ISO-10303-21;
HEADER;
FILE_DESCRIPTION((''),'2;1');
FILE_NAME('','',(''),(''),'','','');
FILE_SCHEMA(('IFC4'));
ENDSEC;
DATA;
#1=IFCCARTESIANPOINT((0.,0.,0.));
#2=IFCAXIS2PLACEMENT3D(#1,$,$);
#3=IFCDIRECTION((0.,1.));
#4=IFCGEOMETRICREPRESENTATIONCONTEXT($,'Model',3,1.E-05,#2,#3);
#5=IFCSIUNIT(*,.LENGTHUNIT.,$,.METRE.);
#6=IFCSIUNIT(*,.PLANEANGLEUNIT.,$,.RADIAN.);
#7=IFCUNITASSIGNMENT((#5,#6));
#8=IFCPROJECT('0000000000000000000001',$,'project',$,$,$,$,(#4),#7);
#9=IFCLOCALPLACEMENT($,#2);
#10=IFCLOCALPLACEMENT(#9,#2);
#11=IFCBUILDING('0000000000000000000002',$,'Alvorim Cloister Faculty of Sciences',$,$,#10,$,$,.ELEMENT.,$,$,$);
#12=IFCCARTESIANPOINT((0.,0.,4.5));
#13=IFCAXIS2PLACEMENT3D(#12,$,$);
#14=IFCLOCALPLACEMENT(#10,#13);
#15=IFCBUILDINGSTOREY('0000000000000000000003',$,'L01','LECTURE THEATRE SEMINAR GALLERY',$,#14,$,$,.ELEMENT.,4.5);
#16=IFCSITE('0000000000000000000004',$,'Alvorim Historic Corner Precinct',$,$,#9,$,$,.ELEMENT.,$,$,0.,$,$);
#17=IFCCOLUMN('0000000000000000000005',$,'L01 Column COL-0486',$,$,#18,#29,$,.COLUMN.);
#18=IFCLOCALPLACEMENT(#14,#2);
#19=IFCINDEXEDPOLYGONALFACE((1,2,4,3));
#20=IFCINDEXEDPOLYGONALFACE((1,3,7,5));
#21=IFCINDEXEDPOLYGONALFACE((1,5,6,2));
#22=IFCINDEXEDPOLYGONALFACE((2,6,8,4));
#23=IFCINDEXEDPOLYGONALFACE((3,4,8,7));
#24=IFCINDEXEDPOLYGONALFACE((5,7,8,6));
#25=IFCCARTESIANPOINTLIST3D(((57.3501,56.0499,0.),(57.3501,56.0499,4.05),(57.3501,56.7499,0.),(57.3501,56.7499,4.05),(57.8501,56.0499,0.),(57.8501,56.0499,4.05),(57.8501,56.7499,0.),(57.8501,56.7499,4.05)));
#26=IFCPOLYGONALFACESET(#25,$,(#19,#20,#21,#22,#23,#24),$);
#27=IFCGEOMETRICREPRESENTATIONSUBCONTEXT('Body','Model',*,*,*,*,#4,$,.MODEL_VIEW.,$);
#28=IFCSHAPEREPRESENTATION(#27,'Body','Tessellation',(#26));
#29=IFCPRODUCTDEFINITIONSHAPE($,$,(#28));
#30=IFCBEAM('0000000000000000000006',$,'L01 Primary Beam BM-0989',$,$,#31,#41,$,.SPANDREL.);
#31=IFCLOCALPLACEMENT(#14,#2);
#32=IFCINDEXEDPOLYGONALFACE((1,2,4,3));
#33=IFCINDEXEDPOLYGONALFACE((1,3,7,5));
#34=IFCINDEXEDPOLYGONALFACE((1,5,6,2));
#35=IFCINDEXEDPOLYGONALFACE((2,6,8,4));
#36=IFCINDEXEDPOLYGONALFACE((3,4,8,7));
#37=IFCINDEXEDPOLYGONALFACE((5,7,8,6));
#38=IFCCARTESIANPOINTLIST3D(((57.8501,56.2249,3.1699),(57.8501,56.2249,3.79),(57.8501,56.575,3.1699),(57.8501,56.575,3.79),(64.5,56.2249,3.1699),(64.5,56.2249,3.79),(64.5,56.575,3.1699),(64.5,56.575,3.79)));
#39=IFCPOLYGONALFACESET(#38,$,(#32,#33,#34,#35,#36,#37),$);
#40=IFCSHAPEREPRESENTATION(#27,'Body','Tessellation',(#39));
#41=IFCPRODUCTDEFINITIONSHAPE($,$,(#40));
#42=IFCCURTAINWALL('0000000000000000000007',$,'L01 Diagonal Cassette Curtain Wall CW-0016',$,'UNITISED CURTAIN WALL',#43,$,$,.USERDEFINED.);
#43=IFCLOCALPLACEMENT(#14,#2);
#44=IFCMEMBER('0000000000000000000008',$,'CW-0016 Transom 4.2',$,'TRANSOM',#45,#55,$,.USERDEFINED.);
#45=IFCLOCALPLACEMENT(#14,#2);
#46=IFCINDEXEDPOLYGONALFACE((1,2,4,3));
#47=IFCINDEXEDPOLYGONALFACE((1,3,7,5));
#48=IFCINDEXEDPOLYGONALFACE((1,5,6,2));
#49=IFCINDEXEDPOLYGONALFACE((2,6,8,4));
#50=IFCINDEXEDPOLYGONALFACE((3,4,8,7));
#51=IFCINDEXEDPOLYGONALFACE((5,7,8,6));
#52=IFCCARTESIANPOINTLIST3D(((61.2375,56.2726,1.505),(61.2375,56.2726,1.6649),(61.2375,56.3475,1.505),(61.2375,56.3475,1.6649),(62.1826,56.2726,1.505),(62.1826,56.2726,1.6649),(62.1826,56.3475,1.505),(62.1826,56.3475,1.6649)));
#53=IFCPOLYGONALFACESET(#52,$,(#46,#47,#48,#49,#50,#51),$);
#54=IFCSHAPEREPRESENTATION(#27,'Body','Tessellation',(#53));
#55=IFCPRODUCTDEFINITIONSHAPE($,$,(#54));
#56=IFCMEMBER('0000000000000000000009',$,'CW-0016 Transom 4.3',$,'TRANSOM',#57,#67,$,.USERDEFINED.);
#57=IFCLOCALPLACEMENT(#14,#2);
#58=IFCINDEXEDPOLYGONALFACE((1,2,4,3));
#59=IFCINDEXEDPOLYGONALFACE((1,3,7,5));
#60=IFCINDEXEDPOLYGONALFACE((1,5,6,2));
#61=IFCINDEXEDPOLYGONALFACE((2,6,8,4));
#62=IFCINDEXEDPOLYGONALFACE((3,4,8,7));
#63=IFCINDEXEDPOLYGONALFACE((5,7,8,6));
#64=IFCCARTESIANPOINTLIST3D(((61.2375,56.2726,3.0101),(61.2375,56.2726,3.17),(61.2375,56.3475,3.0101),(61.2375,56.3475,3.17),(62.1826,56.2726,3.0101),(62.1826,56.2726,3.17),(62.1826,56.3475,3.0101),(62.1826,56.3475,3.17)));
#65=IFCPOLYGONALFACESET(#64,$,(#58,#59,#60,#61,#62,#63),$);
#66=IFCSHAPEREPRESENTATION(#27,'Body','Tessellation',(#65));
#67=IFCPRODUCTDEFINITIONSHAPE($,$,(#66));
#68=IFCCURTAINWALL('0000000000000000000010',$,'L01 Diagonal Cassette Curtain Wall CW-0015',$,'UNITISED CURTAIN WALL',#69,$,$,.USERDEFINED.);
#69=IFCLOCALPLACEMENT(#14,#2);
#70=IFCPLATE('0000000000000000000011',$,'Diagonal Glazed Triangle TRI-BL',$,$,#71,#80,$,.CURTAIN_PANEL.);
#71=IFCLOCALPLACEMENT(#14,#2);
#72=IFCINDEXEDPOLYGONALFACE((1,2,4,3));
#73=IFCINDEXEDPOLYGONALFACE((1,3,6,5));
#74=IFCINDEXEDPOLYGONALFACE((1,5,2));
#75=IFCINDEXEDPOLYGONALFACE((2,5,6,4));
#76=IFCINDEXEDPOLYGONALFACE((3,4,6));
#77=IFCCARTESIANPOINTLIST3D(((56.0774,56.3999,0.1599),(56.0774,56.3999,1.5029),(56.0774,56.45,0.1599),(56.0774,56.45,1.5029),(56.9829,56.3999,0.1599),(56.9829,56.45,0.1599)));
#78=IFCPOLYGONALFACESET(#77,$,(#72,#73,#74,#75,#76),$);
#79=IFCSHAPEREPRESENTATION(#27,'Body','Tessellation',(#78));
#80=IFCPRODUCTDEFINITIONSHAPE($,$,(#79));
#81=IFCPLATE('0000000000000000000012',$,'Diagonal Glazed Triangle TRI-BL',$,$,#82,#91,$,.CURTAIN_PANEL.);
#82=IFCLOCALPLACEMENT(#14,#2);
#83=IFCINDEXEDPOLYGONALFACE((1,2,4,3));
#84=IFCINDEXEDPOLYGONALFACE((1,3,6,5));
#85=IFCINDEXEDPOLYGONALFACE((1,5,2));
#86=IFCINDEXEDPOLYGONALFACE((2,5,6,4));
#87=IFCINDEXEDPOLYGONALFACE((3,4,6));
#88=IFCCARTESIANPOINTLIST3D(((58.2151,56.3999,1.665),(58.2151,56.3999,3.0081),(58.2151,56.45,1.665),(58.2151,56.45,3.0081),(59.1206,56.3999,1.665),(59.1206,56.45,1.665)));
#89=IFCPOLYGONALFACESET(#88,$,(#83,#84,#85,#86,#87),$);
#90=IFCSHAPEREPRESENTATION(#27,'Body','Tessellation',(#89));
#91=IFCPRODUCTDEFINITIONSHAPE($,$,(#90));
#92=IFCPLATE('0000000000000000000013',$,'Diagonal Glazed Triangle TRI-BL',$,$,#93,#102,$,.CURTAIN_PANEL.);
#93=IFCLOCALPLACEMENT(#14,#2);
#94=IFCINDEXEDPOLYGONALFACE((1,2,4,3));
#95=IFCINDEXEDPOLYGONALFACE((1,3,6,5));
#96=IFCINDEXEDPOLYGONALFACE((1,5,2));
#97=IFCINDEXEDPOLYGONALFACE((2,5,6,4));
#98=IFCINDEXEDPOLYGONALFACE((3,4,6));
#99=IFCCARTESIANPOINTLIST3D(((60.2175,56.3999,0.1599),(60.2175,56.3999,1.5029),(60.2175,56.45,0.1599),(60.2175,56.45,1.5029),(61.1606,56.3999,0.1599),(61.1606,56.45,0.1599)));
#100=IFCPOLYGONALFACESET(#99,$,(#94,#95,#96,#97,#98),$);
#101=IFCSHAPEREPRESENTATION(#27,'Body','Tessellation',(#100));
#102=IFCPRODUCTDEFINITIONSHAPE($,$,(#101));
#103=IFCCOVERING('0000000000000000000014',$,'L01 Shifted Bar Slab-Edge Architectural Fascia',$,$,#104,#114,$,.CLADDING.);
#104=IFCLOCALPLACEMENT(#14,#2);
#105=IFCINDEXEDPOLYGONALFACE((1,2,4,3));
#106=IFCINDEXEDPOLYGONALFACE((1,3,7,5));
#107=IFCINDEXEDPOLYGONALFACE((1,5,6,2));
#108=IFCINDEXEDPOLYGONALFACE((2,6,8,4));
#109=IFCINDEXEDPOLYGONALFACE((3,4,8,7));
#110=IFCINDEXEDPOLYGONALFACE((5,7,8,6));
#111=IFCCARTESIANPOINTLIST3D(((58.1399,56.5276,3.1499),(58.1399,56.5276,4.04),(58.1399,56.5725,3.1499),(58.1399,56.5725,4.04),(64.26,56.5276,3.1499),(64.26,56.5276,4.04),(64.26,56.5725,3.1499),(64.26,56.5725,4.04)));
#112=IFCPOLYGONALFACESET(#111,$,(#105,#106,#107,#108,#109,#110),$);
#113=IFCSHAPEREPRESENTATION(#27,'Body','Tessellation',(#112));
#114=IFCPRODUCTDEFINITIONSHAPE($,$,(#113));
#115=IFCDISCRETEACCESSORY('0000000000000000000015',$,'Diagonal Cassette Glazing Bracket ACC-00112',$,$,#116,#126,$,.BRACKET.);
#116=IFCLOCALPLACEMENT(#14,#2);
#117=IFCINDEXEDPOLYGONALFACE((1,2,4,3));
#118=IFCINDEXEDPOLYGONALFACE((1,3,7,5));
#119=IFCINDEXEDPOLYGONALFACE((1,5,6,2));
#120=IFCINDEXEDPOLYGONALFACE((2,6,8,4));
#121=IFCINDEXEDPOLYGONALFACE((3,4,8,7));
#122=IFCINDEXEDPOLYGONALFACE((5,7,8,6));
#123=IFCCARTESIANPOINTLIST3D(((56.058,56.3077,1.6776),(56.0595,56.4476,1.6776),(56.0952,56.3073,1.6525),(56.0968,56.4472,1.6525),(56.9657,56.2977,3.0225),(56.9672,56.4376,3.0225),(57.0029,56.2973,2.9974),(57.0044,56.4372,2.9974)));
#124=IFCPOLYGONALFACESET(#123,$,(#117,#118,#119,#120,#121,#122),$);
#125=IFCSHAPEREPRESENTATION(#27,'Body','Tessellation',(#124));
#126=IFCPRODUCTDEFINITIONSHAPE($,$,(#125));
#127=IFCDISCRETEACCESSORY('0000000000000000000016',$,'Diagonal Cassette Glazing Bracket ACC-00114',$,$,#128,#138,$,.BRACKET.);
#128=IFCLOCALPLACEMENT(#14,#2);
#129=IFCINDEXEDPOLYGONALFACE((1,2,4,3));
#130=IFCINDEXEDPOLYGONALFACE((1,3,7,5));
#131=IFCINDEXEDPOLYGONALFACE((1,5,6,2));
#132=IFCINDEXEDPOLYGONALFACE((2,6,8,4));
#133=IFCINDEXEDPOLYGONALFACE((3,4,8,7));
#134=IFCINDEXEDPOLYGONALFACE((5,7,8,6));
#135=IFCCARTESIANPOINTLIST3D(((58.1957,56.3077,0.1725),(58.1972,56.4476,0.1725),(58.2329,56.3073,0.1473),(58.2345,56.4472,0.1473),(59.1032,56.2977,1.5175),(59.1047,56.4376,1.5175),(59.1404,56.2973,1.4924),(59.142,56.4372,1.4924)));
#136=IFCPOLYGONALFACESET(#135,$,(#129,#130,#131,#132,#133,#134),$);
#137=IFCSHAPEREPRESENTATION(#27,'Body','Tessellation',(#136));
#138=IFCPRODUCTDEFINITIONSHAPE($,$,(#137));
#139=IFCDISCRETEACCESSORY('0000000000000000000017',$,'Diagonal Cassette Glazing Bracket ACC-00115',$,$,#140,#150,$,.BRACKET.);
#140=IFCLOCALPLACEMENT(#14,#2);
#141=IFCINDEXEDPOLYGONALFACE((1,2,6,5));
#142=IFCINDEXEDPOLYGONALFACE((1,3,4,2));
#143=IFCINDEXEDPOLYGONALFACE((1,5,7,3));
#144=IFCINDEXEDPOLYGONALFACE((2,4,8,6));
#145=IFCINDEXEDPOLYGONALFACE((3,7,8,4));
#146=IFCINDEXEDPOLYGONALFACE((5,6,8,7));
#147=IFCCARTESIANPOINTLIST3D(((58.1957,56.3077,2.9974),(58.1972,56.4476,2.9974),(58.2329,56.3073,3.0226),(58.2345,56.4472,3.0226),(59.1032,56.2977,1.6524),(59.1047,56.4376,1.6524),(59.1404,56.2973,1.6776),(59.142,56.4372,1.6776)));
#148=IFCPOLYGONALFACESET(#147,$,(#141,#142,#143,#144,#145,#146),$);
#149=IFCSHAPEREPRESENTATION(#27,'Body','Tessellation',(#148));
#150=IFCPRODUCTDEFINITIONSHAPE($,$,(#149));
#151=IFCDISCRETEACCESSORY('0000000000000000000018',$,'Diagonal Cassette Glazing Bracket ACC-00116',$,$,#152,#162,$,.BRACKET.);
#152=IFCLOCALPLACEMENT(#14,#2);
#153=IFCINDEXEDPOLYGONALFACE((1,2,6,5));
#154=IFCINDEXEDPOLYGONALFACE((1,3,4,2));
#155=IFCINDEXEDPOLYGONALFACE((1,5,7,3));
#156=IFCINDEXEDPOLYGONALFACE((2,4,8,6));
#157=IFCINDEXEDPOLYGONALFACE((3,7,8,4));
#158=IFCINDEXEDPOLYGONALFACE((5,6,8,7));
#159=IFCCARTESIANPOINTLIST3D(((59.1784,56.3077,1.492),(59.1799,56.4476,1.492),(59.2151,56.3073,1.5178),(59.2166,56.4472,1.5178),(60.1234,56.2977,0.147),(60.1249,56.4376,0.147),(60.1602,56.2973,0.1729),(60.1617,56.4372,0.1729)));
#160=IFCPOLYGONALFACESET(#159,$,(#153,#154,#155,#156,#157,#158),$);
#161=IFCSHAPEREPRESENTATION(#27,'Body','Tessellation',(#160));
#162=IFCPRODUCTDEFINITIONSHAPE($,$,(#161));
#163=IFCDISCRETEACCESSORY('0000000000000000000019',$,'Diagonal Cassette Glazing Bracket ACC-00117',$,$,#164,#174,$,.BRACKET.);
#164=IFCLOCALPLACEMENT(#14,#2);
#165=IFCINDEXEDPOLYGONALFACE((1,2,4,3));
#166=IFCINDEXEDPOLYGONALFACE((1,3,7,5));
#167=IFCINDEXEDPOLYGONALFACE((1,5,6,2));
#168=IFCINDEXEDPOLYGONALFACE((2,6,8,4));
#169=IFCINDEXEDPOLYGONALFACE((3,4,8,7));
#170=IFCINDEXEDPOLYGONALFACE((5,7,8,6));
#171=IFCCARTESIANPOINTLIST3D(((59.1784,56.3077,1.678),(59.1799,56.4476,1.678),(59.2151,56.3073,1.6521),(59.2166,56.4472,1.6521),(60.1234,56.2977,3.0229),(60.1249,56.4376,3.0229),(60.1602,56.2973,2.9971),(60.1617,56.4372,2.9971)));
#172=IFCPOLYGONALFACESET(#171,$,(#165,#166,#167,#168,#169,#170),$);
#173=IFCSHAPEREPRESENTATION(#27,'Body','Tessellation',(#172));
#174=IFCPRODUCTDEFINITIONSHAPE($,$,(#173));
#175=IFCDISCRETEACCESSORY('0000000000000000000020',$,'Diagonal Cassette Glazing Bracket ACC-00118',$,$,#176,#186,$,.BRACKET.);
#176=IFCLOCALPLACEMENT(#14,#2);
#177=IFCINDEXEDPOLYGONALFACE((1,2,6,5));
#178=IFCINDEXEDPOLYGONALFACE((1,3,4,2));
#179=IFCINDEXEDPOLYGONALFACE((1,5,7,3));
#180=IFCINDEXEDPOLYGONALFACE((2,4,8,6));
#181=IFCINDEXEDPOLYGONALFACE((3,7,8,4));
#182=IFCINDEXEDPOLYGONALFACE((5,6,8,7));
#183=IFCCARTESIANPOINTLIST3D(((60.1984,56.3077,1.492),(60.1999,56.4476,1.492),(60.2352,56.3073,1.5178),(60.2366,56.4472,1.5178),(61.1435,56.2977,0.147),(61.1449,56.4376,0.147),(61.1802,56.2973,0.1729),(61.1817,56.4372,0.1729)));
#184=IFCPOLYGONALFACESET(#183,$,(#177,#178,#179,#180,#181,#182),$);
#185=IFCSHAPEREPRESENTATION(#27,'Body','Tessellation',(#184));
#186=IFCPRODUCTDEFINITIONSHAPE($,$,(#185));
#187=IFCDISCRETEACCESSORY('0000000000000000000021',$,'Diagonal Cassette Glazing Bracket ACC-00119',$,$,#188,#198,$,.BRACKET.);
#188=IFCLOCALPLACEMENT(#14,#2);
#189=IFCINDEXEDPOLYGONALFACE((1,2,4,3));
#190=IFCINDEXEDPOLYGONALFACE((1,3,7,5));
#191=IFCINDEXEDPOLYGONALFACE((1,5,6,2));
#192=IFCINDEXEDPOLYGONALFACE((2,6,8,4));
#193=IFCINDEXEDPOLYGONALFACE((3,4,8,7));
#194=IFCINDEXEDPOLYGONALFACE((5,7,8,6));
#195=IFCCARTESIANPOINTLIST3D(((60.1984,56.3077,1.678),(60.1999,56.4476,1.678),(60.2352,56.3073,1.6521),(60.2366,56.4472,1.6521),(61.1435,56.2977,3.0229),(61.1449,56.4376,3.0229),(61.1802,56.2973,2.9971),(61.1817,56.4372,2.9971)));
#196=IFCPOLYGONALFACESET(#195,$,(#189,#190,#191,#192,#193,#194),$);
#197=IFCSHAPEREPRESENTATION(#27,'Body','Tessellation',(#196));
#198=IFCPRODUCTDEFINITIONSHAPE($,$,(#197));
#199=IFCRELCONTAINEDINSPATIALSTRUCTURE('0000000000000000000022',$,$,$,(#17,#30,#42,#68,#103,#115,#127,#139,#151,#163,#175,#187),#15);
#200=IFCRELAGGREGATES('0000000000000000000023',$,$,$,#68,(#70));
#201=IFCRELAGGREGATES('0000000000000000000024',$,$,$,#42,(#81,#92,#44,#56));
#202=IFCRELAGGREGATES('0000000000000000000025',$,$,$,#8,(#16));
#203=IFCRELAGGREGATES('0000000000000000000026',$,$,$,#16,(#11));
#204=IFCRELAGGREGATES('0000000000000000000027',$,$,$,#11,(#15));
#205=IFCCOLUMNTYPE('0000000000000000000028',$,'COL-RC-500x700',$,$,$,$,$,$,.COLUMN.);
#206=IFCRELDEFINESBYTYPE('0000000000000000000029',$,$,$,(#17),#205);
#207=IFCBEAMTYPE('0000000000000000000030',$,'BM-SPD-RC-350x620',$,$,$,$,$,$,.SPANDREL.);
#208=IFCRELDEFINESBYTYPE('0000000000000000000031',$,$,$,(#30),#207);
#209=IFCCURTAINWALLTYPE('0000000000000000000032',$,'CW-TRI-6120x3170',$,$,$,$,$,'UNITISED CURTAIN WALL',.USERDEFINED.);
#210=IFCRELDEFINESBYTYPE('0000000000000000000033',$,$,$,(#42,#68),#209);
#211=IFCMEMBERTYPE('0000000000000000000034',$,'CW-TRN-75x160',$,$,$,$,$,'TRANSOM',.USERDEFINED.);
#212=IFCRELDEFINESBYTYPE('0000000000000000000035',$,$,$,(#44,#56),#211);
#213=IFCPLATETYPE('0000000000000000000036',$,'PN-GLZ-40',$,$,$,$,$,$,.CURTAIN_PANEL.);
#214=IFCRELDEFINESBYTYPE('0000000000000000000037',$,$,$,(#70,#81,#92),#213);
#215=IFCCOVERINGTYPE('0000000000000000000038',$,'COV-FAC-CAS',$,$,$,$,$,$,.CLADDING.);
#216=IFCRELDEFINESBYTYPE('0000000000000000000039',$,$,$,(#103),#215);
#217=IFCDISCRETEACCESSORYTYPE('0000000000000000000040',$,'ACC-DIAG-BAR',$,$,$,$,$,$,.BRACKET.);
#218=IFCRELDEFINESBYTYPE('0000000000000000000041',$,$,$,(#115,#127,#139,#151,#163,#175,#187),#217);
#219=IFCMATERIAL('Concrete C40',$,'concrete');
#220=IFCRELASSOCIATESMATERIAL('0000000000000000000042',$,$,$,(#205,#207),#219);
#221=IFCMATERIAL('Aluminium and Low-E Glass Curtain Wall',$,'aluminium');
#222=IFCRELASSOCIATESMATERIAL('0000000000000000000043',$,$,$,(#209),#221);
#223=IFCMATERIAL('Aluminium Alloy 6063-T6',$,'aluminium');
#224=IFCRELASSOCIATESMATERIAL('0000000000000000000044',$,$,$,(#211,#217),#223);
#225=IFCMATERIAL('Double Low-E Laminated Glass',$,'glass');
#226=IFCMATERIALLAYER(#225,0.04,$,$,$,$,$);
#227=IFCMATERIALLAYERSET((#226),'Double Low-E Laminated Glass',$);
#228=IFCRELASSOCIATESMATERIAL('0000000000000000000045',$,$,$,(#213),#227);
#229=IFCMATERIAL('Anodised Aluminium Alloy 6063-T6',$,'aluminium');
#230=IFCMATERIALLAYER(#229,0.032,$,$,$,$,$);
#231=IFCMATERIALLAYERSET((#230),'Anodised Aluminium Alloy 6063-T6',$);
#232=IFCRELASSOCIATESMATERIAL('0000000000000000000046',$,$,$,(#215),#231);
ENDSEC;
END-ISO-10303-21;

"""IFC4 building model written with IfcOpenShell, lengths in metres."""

from ifc_helpers import new_model, si_unit, direction, frame, origin, origin_2d, place, context, subcontext, project, spatial, polyline, rectangle, outline, extrude, material, layer, layer_set, material_profile, profile_set, type_object, element, aggregate, save


model = new_model("IFC4")

# Units and contexts
model_context = context("Model", 3, precision=1e-05, world=origin(), true_north=direction((0.0, 1.0)))
body_context = subcontext(model_context, "Body", "Model", "MODEL_VIEW")
ifc_project = project(units=[si_unit("LENGTHUNIT", "METRE"), si_unit("PLANEANGLEUNIT", "RADIAN")], contexts=[model_context])

# Site, building, storey
site_placement = place(None, origin())
site = spatial("IfcSite", under=ifc_project, at=site_placement, Name="Alvorim Historic Corner Precinct", CompositionType="ELEMENT", RefElevation=0.0)
building_placement = place(site_placement, origin())
building = spatial("IfcBuilding", under=site, at=building_placement, Name="Alvorim Cloister Faculty of Sciences", CompositionType="ELEMENT")
storey_placement = place(building_placement, frame((0.0, 0.0, 4.5)))
storey = spatial("IfcBuildingStorey", under=building, at=storey_placement, Name="L01", Description="LECTURE THEATRE SEMINAR GALLERY", CompositionType="ELEMENT", Elevation=4.5)

# Column
ifc_material_1 = material(Name="Concrete C40", Category="concrete")
ifc_material_profile_1 = material_profile(ifc_material_1, rectangle(XDim=0.5, YDim=0.7, at=origin_2d()), Name="RC40-COL-500x700")
ifc_profile_set_1 = profile_set([ifc_material_profile_1], Name="Concrete C40")
column_type = type_object("IfcColumnType", Name="COL-RC-500x700", PredefinedType="COLUMN", material=ifc_profile_set_1)
column_placement = place(storey_placement, frame((57.6001, 56.3999, 0.0), z_axis=(0.0, 0.0, 1.0), x_axis=(1.0, 0.0, 0.0)))
element("IfcColumn", 1, at=column_placement, inside=storey, type_object=column_type, Name="L01 Column COL-0486", PredefinedType="COLUMN", context=body_context, shape_type="SweptSolid", body=[
    extrude(rectangle(XDim=0.5, YDim=0.7, at=origin_2d()), origin(), (0.0, 0.0, 1.0), 4.05),
])

# Beam
ifc_material_profile_2 = material_profile(ifc_material_1, rectangle(XDim=0.3501, YDim=0.6201, at=origin_2d()), Name="RC40-SPD-350x620")
ifc_profile_set_2 = profile_set([ifc_material_profile_2], Name="Concrete C40")
beam_type = type_object("IfcBeamType", Name="BM-SPD-RC-350x620", PredefinedType="SPANDREL", material=ifc_profile_set_2)
beam_placement = place(storey_placement, frame((57.8501, 56.3999, 3.48), z_axis=(1.0, 0.0, 0.0), x_axis=(0.0, 1.0, 0.0)))
element("IfcBeam", 2, at=beam_placement, inside=storey, type_object=beam_type, Name="L01 Primary Beam BM-0989", PredefinedType="SPANDREL", context=body_context, shape_type="SweptSolid", body=[
    extrude(rectangle(XDim=0.3501, YDim=0.6201, at=origin_2d()), origin(), (0.0, 0.0, 1.0), 6.6499),
])

# Curtain wall, members
ifc_material_2 = material(Name="Aluminium and Low-E Glass Curtain Wall", Category="aluminium")
curtain_wall_type = type_object("IfcCurtainWallType", Name="CW-TRI-6120x3170", ElementType="UNITISED CURTAIN WALL", PredefinedType="USERDEFINED", material=ifc_material_2)
curtain_wall_1_placement = place(storey_placement, origin())
curtain_wall_1 = element("IfcCurtainWall", 3, at=curtain_wall_1_placement, inside=storey, type_object=curtain_wall_type, Name="L01 Diagonal Cassette Curtain Wall CW-0016", ObjectType="UNITISED CURTAIN WALL", PredefinedType="USERDEFINED")
ifc_material_3 = material(Name="Aluminium Alloy 6063-T6", Category="aluminium")
ifc_material_profile_3 = material_profile(ifc_material_3, rectangle(XDim=0.075, YDim=0.1599, at=origin_2d()), Name="ALU-TRN-75x160")
ifc_profile_set_3 = profile_set([ifc_material_profile_3], Name="Aluminium Alloy 6063-T6")
member_type = type_object("IfcMemberType", Name="CW-TRN-75x160", ElementType="TRANSOM", PredefinedType="USERDEFINED", material=ifc_profile_set_3)
member_1_placement = place(storey_placement, frame((61.2375, 56.3101, 1.585), z_axis=(1.0, 0.0, 0.0), x_axis=(0.0, 1.0, 0.0)))
member_1 = element("IfcMember", 4, at=member_1_placement, type_object=member_type, Name="CW-0016 Transom 4.2", ObjectType="TRANSOM", PredefinedType="USERDEFINED", context=body_context, shape_type="SweptSolid", body=[
    extrude(rectangle(XDim=0.075, YDim=0.1599, at=origin_2d()), origin(), (0.0, 0.0, 1.0), 0.9451),
])
member_2_placement = place(storey_placement, frame((61.2375, 56.3101, 3.0901), z_axis=(1.0, 0.0, 0.0), x_axis=(0.0, 1.0, 0.0)))
member_2 = element("IfcMember", 5, at=member_2_placement, type_object=member_type, Name="CW-0016 Transom 4.3", ObjectType="TRANSOM", PredefinedType="USERDEFINED", context=body_context, shape_type="SweptSolid", body=[
    extrude(rectangle(XDim=0.075, YDim=0.1599, at=origin_2d()), origin(), (0.0, 0.0, 1.0), 0.9451),
])

# Curtain wall, plate
curtain_wall_2_placement = place(storey_placement, origin())
curtain_wall_2 = element("IfcCurtainWall", 6, at=curtain_wall_2_placement, inside=storey, type_object=curtain_wall_type, Name="L01 Diagonal Cassette Curtain Wall CW-0015", ObjectType="UNITISED CURTAIN WALL", PredefinedType="USERDEFINED")
ifc_material_4 = material(Name="Double Low-E Laminated Glass", Category="glass")
ifc_layer_1 = layer(ifc_material_4, 0.04)
ifc_layer_set_1 = layer_set([ifc_layer_1], Name="Double Low-E Laminated Glass")
plate_type = type_object("IfcPlateType", Name="PN-GLZ-40", PredefinedType="CURTAIN_PANEL", material=ifc_layer_set_1)
plate_1_placement = place(storey_placement, frame((56.0774, 56.425, 0.1599), z_axis=(0.0, 0.0, 1.0), x_axis=(1.0, 0.0, 0.0)))
plate_1 = element("IfcPlate", 7, at=plate_1_placement, type_object=plate_type, Name="Diagonal Glazed Triangle TRI-BL", PredefinedType="CURTAIN_PANEL", context=body_context, shape_type="SweptSolid", body=[
    extrude(outline(polyline([(0.0, 0.0), (0.9055, 0.0), (0.0, 1.343), (0.0, 0.0)])), frame((0.0, 0.0249, 0.0), z_axis=(0.0, -1.0, 0.0), x_axis=(1.0, 0.0, 0.0)), (0.0, 0.0, 1.0), 0.05),
])
aggregate(curtain_wall_2, [plate_1])

# Plates
plate_2_placement = place(storey_placement, frame((58.2151, 56.425, 1.665), z_axis=(0.0, 0.0, 1.0), x_axis=(1.0, 0.0, 0.0)))
plate_2 = element("IfcPlate", 8, at=plate_2_placement, type_object=plate_type, Name="Diagonal Glazed Triangle TRI-BL", PredefinedType="CURTAIN_PANEL", context=body_context, shape_type="SweptSolid", body=[
    extrude(outline(polyline([(0.0, 0.0), (0.9055, 0.0), (0.0, 1.343), (0.0, 0.0)])), frame((0.0, 0.0249, 0.0), z_axis=(0.0, -1.0, 0.0), x_axis=(1.0, 0.0, 0.0)), (0.0, 0.0, 1.0), 0.05),
])
plate_3_placement = place(storey_placement, frame((60.2175, 56.425, 0.1599), z_axis=(0.0, 0.0, 1.0), x_axis=(1.0, 0.0, 0.0)))
plate_3 = element("IfcPlate", 9, at=plate_3_placement, type_object=plate_type, Name="Diagonal Glazed Triangle TRI-BL", PredefinedType="CURTAIN_PANEL", context=body_context, shape_type="SweptSolid", body=[
    extrude(outline(polyline([(0.0, 0.0), (0.9431, 0.0), (0.0, 1.343), (0.0, 0.0)])), frame((0.0, 0.0249, 0.0), z_axis=(0.0, -1.0, 0.0), x_axis=(1.0, 0.0, 0.0)), (0.0, 0.0, 1.0), 0.05),
])
aggregate(curtain_wall_1, [plate_2, plate_3, member_1, member_2])

# Covering
ifc_material_5 = material(Name="Anodised Aluminium Alloy 6063-T6", Category="aluminium")
ifc_layer_2 = layer(ifc_material_5, 0.032)
ifc_layer_set_2 = layer_set([ifc_layer_2], Name="Anodised Aluminium Alloy 6063-T6")
covering_type = type_object("IfcCoveringType", Name="COV-FAC-CAS", PredefinedType="CLADDING", material=ifc_layer_set_2)
covering_placement = place(storey_placement, frame((58.1399, 56.55, 3.1499), z_axis=(0.0, 0.0, 1.0), x_axis=(1.0, 0.0, 0.0)))
element("IfcCovering", 10, at=covering_placement, inside=storey, type_object=covering_type, Name="L01 Shifted Bar Slab-Edge Architectural Fascia", PredefinedType="CLADDING", context=body_context, shape_type="SweptSolid", body=[
    extrude(outline(polyline([(0.0, 0.0), (6.1201, 0.0), (6.1201, 0.8901), (0.0, 0.8901), (0.0, 0.0)])), frame((0.0, 0.0225, 0.0), z_axis=(0.0, -1.0, 0.0), x_axis=(1.0, 0.0, 0.0)), (0.0, 0.0, 1.0), 0.0449),
])

# Discrete accessories
discrete_accessory_type = type_object("IfcDiscreteAccessoryType", Name="ACC-DIAG-BAR", PredefinedType="BRACKET", material=ifc_material_3)
for number, where, z_axis, x_axis, name in (
    (11, (56.0774, 56.3774, 1.665), (0.559403, -0.006169, 0.828873), (0.011027, 0.999939, 0.0), "Diagonal Cassette Glazing Bracket ACC-00112"),
    (12, (58.2151, 56.3774, 0.1599), (0.559299, -0.006169, 0.828943), (0.01103, 0.999939, 0.0), "Diagonal Cassette Glazing Bracket ACC-00114"),
    (13, (58.2151, 56.3774, 3.01), (0.559299, -0.006169, -0.828943), (0.01103, 0.999939, 0.0), "Diagonal Cassette Glazing Bracket ACC-00115"),
):
    element("IfcDiscreteAccessory", number, at=place(storey_placement, frame(where, z_axis=z_axis, x_axis=x_axis)), inside=storey, type_object=discrete_accessory_type, Name=name, PredefinedType="BRACKET", context=body_context, shape_type="SweptSolid", body=[
        extrude(rectangle(XDim=0.1399, YDim=0.0449, at=origin_2d()), origin(), (0.0, 0.0, 1.0), 1.6226),
    ])
for number, where, z_axis, x_axis, name in (
    (14, (59.1975, 56.3774, 1.5049), (0.574916, -0.006089, -0.81819), (0.010591, 0.999944, 0.0), "Diagonal Cassette Glazing Bracket ACC-00116"),
    (15, (59.1975, 56.3774, 1.665), (0.574916, -0.006089, 0.81819), (0.010591, 0.999944, 0.0), "Diagonal Cassette Glazing Bracket ACC-00117"),
    (16, (60.2175, 56.3774, 1.5049), (0.574916, -0.006089, -0.81819), (0.010591, 0.999944, 0.0), "Diagonal Cassette Glazing Bracket ACC-00118"),
    (17, (60.2175, 56.3774, 1.665), (0.574916, -0.006089, 0.81819), (0.010591, 0.999944, 0.0), "Diagonal Cassette Glazing Bracket ACC-00119"),
):
    element("IfcDiscreteAccessory", number, at=place(storey_placement, frame(where, z_axis=z_axis, x_axis=x_axis)), inside=storey, type_object=discrete_accessory_type, Name=name, PredefinedType="BRACKET", context=body_context, shape_type="SweptSolid", body=[
        extrude(rectangle(XDim=0.1399, YDim=0.0449, at=origin_2d()), origin(), (0.0, 0.0, 1.0), 1.6438),
    ])

save(model, "model.ifc")
